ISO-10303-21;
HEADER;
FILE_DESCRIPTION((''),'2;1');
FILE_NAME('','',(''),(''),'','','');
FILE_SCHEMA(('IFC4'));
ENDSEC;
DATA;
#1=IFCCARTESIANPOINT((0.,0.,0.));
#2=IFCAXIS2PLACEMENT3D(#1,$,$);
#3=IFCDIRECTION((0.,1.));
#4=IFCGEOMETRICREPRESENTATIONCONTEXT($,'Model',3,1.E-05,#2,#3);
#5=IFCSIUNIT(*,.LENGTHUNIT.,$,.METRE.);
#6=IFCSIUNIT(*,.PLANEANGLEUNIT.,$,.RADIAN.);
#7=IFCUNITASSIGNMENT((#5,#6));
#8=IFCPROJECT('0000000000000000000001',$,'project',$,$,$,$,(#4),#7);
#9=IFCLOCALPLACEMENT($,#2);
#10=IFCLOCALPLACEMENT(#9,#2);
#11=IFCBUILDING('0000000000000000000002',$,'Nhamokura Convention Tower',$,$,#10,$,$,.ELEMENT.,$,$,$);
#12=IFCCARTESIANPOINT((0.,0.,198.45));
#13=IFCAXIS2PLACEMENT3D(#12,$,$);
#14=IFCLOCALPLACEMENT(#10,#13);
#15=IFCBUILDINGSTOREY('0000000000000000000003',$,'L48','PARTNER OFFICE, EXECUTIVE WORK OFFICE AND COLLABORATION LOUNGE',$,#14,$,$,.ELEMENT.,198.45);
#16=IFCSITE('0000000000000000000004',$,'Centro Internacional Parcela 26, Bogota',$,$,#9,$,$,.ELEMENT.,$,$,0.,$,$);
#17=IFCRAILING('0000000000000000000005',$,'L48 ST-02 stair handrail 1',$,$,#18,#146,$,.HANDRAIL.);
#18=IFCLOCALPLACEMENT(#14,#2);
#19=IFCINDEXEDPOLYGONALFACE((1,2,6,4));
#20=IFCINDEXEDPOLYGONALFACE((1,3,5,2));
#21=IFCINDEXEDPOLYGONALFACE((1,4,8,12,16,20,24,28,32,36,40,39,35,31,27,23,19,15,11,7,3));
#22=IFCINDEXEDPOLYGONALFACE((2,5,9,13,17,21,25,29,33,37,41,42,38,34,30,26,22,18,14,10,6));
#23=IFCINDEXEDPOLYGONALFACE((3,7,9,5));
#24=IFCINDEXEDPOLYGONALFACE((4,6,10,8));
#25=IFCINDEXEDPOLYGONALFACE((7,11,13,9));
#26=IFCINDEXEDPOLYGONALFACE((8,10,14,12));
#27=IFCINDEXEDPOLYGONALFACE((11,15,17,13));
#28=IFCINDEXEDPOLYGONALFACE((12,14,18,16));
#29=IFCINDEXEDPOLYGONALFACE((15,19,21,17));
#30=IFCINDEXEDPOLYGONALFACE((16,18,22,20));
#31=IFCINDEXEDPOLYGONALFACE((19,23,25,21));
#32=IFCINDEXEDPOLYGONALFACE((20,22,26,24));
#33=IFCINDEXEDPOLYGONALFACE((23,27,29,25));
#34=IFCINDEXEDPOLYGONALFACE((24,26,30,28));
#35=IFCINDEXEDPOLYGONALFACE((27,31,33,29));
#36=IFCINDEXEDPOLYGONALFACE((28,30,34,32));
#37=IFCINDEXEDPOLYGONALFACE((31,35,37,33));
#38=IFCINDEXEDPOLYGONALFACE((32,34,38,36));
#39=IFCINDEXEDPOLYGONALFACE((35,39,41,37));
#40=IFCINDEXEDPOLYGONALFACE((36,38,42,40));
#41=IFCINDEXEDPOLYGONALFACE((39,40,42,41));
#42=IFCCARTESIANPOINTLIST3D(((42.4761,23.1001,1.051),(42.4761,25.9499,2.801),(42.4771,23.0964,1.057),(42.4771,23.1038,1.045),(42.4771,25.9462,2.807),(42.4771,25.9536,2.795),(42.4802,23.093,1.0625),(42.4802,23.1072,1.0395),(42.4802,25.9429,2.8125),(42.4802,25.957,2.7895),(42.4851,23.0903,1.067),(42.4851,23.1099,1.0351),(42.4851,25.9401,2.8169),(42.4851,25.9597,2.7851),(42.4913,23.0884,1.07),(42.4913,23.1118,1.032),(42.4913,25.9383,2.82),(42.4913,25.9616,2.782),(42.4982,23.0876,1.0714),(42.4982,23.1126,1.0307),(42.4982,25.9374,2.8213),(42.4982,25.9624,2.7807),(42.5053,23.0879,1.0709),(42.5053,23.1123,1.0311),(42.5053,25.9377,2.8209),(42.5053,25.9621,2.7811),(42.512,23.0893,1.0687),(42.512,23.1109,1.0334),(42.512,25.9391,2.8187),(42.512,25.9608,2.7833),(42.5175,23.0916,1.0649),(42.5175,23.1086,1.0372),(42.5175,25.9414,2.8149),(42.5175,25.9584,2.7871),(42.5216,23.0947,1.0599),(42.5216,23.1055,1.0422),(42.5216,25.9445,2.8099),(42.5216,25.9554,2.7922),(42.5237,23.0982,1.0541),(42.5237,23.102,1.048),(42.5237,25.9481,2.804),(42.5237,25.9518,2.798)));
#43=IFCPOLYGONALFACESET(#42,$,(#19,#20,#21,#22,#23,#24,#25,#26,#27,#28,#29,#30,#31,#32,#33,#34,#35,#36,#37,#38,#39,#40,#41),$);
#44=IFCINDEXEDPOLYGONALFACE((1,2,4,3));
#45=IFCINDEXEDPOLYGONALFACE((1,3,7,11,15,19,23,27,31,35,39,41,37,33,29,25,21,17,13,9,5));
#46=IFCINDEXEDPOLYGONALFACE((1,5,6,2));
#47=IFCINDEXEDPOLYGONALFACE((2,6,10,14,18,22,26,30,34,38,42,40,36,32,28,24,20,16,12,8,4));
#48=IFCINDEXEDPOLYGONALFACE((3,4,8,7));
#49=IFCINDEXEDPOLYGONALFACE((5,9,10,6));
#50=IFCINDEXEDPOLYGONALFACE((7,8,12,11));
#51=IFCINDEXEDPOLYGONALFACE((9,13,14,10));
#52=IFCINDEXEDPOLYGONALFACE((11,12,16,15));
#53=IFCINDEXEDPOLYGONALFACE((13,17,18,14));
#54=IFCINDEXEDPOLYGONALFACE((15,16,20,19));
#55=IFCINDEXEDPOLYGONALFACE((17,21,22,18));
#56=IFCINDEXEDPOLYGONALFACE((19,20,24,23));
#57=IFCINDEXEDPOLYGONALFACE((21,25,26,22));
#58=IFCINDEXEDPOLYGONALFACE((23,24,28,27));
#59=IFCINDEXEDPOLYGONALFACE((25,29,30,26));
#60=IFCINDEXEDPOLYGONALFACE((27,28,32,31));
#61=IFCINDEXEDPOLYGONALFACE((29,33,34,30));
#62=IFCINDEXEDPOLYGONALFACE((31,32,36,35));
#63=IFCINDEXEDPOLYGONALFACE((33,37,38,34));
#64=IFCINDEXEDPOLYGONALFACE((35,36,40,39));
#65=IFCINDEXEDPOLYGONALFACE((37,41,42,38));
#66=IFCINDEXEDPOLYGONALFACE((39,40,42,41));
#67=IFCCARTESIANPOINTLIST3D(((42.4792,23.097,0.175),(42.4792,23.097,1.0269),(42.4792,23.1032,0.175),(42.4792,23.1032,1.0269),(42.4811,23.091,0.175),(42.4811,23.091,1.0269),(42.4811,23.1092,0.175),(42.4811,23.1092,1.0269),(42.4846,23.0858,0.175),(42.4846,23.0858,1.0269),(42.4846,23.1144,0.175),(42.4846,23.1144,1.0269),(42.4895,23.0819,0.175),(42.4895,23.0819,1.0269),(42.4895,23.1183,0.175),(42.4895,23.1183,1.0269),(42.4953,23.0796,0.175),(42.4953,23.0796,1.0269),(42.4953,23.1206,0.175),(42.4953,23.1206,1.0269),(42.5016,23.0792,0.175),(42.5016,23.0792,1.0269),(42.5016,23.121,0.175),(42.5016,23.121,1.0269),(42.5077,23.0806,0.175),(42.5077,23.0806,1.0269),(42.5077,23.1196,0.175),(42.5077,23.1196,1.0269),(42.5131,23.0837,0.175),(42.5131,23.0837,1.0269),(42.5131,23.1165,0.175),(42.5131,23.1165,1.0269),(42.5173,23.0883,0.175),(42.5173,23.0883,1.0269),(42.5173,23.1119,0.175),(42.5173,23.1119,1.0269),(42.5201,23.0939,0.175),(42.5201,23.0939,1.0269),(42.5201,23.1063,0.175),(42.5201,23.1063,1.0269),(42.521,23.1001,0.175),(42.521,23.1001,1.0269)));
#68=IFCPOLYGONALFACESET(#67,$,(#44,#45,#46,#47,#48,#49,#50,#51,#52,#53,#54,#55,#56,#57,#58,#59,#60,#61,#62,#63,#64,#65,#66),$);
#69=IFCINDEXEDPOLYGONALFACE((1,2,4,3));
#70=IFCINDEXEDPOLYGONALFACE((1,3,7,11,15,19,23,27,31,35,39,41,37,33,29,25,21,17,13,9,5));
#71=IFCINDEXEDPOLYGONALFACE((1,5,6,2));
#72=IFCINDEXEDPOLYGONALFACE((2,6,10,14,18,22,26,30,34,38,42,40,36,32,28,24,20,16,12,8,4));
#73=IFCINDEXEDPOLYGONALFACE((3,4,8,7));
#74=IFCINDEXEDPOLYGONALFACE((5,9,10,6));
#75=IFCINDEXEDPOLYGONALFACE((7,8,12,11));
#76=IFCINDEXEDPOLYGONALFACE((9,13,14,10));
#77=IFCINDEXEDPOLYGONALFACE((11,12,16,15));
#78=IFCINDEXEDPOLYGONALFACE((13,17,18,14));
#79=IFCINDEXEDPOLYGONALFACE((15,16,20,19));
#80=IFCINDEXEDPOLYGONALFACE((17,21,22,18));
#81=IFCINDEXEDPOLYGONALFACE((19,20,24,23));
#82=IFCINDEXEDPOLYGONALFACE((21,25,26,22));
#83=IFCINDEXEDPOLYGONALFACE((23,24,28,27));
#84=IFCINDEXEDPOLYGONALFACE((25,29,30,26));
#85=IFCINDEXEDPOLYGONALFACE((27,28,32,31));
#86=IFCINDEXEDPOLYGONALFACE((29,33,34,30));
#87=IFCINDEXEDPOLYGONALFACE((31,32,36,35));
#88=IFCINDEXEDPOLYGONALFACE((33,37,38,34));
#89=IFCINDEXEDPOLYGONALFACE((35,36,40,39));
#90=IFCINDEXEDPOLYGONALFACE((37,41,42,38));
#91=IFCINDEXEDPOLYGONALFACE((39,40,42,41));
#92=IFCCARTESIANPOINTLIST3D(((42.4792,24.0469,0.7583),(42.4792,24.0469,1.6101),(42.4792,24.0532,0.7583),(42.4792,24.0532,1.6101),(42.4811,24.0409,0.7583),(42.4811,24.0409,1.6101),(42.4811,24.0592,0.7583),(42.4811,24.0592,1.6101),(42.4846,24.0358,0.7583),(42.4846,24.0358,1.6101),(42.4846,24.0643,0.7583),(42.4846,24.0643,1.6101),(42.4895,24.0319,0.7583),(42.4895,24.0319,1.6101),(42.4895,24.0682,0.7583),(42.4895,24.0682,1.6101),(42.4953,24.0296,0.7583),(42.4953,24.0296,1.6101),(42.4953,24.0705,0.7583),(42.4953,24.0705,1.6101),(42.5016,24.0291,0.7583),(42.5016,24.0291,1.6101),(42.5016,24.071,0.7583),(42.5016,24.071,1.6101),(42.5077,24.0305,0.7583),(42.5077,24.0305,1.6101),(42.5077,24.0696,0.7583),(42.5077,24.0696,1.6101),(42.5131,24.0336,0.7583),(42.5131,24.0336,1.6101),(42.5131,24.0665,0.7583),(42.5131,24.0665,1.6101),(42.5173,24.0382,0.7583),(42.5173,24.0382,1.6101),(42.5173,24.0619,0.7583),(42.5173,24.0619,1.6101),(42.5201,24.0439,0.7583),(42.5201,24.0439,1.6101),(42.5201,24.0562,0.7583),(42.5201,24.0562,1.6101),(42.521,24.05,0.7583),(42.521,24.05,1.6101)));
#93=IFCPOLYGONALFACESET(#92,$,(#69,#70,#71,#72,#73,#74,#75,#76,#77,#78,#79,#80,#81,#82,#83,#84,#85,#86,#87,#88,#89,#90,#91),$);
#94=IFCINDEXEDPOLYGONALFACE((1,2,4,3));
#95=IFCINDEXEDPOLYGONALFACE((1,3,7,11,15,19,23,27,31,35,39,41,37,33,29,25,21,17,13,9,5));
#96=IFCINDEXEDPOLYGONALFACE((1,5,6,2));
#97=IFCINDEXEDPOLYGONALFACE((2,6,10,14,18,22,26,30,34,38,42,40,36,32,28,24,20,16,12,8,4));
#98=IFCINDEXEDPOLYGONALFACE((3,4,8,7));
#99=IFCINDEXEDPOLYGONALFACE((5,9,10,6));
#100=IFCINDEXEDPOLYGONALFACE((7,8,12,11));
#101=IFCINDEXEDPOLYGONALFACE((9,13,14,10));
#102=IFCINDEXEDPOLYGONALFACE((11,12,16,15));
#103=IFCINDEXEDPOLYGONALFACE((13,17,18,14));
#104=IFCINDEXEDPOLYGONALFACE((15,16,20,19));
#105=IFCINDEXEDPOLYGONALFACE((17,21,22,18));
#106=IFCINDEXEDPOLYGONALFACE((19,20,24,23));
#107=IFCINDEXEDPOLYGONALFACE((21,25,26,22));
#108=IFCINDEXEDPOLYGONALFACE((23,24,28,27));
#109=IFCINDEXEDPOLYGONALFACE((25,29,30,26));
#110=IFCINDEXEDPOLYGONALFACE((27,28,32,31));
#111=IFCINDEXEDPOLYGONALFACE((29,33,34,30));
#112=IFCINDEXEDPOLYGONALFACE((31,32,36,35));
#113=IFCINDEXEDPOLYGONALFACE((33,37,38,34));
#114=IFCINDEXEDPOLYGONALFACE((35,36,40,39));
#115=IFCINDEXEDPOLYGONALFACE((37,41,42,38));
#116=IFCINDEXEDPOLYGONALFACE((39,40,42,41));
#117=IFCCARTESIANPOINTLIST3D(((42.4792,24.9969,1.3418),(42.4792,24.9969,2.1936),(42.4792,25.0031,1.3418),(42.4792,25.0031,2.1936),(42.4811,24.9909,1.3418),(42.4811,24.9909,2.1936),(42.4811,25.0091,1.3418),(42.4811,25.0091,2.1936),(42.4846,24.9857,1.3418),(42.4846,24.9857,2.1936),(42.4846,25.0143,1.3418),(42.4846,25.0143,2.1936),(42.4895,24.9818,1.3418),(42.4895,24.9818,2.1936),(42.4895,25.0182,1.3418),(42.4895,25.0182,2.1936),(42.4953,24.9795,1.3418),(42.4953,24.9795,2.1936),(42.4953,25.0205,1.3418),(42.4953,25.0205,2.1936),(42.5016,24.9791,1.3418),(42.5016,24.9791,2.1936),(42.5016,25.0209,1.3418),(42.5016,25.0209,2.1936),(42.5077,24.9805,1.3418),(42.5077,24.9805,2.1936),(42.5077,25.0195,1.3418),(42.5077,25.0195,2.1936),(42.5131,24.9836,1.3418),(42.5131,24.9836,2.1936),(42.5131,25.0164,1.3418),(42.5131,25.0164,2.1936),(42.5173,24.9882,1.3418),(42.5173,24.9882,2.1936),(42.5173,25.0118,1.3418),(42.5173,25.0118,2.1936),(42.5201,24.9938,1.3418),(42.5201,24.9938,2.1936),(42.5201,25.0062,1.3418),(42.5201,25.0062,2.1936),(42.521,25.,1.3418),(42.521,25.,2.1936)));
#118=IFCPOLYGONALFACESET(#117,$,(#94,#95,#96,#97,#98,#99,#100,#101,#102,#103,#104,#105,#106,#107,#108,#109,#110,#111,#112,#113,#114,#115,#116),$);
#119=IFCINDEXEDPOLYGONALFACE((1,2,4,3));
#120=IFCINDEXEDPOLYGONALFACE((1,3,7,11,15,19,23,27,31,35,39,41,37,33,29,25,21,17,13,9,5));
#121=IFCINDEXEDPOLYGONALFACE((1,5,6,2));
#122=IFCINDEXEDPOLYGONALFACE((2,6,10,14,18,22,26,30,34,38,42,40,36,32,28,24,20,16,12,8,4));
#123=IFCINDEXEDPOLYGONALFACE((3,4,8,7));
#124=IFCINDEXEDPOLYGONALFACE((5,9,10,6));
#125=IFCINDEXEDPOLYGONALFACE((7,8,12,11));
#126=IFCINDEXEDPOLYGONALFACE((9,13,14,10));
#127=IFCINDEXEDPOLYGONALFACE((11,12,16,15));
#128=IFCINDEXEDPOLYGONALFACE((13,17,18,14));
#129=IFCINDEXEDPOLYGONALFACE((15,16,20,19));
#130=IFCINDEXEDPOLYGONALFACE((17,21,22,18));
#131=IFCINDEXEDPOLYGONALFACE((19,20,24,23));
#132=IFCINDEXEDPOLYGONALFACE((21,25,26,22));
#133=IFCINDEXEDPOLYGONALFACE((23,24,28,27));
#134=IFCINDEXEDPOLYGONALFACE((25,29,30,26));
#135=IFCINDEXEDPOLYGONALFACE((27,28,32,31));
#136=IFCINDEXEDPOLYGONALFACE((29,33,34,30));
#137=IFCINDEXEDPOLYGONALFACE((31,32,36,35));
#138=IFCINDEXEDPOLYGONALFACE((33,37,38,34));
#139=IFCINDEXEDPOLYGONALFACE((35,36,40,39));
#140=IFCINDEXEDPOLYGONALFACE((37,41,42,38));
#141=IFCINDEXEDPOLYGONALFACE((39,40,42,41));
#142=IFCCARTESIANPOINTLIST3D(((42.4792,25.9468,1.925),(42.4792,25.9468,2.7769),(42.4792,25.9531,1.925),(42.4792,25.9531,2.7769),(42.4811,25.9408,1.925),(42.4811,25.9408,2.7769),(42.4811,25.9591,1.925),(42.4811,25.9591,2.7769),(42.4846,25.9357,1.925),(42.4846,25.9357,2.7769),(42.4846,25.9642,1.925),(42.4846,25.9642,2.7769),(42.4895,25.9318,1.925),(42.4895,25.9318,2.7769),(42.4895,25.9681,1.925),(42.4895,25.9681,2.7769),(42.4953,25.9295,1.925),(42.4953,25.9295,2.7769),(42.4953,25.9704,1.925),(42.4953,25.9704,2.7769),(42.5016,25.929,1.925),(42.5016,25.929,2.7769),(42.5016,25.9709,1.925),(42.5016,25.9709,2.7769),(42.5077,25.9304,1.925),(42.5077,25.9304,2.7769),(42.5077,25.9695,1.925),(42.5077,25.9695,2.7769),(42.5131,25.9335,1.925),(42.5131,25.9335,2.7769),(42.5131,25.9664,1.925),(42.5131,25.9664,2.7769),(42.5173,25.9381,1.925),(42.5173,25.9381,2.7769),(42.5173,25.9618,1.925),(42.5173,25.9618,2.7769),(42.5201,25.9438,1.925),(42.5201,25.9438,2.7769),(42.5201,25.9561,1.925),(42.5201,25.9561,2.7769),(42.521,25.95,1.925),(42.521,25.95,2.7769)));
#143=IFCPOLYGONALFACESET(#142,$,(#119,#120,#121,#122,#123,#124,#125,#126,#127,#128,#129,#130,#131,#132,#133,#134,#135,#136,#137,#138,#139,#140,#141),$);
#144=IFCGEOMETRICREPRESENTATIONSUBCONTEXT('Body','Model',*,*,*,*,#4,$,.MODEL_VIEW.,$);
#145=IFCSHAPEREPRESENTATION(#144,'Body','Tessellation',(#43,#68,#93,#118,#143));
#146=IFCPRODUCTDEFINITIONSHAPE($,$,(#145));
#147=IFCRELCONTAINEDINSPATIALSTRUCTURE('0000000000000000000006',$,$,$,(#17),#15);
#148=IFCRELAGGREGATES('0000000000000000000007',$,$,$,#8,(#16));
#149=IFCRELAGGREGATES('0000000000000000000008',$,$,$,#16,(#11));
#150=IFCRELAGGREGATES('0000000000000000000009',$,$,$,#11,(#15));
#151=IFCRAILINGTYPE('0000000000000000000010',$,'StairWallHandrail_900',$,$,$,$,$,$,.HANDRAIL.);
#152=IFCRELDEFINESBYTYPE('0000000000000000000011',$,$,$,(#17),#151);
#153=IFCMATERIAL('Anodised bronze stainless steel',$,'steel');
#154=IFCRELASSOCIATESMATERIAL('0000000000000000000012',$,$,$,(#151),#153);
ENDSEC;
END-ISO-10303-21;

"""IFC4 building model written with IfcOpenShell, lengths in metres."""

from ifc_helpers import new_model, si_unit, direction, frame, origin, origin_2d, place, context, subcontext, project, spatial, circle, extrude, material, type_object, element, save


model = new_model("IFC4")

# Units and contexts
model_context = context("Model", 3, precision=1e-05, world=origin(), true_north=direction((0.0, 1.0)))
body_context = subcontext(model_context, "Body", "Model", "MODEL_VIEW")
ifc_project = project(units=[si_unit("LENGTHUNIT", "METRE"), si_unit("PLANEANGLEUNIT", "RADIAN")], contexts=[model_context])

# Site, building, storey
site_placement = place(None, origin())
site = spatial("IfcSite", under=ifc_project, at=site_placement, Name="Centro Internacional Parcela 26, Bogota", CompositionType="ELEMENT", RefElevation=0.0)
building_placement = place(site_placement, origin())
building = spatial("IfcBuilding", under=site, at=building_placement, Name="Nhamokura Convention Tower", CompositionType="ELEMENT")
storey_placement = place(building_placement, frame((0.0, 0.0, 198.45)))
storey = spatial("IfcBuildingStorey", under=building, at=storey_placement, Name="L48", Description="PARTNER OFFICE, EXECUTIVE WORK OFFICE AND COLLABORATION LOUNGE", CompositionType="ELEMENT", Elevation=198.45)

# Railing
ifc_material_1 = material(Name="Anodised bronze stainless steel", Category="steel")
railing_type = type_object("IfcRailingType", Name="StairWallHandrail_900", PredefinedType="HANDRAIL", material=ifc_material_1)
railing_placement = place(storey_placement, frame((42.5, 23.1001, 0.175)))
element("IfcRailing", 1, at=railing_placement, inside=storey, type_object=railing_type, Name="L48 ST-02 stair handrail 1", PredefinedType="HANDRAIL", context=body_context, shape_type="SweptSolid", body=[
    extrude(circle(Radius=0.0239, at=origin_2d()), frame((0.0, 0.0, 0.876), z_axis=(0.0, 0.852159, 0.523283), x_axis=(-1.0, 0.0, 0.0)), (0.0, 0.0, 1.0), 3.3442),
    extrude(circle(Radius=0.021, at=origin_2d()), origin(), (0.0, 0.0, 1.0), 0.8518),
    extrude(circle(Radius=0.021, at=origin_2d()), frame((0.0, 0.95, 0.5833)), (0.0, 0.0, 1.0), 0.8518),
    extrude(circle(Radius=0.021, at=origin_2d()), frame((0.0, 1.8999, 1.1667)), (0.0, 0.0, 1.0), 0.8518),
    extrude(circle(Radius=0.021, at=origin_2d()), frame((0.0, 2.8499, 1.75)), (0.0, 0.0, 1.0), 0.8518),
])

save(model, "model.ifc")
